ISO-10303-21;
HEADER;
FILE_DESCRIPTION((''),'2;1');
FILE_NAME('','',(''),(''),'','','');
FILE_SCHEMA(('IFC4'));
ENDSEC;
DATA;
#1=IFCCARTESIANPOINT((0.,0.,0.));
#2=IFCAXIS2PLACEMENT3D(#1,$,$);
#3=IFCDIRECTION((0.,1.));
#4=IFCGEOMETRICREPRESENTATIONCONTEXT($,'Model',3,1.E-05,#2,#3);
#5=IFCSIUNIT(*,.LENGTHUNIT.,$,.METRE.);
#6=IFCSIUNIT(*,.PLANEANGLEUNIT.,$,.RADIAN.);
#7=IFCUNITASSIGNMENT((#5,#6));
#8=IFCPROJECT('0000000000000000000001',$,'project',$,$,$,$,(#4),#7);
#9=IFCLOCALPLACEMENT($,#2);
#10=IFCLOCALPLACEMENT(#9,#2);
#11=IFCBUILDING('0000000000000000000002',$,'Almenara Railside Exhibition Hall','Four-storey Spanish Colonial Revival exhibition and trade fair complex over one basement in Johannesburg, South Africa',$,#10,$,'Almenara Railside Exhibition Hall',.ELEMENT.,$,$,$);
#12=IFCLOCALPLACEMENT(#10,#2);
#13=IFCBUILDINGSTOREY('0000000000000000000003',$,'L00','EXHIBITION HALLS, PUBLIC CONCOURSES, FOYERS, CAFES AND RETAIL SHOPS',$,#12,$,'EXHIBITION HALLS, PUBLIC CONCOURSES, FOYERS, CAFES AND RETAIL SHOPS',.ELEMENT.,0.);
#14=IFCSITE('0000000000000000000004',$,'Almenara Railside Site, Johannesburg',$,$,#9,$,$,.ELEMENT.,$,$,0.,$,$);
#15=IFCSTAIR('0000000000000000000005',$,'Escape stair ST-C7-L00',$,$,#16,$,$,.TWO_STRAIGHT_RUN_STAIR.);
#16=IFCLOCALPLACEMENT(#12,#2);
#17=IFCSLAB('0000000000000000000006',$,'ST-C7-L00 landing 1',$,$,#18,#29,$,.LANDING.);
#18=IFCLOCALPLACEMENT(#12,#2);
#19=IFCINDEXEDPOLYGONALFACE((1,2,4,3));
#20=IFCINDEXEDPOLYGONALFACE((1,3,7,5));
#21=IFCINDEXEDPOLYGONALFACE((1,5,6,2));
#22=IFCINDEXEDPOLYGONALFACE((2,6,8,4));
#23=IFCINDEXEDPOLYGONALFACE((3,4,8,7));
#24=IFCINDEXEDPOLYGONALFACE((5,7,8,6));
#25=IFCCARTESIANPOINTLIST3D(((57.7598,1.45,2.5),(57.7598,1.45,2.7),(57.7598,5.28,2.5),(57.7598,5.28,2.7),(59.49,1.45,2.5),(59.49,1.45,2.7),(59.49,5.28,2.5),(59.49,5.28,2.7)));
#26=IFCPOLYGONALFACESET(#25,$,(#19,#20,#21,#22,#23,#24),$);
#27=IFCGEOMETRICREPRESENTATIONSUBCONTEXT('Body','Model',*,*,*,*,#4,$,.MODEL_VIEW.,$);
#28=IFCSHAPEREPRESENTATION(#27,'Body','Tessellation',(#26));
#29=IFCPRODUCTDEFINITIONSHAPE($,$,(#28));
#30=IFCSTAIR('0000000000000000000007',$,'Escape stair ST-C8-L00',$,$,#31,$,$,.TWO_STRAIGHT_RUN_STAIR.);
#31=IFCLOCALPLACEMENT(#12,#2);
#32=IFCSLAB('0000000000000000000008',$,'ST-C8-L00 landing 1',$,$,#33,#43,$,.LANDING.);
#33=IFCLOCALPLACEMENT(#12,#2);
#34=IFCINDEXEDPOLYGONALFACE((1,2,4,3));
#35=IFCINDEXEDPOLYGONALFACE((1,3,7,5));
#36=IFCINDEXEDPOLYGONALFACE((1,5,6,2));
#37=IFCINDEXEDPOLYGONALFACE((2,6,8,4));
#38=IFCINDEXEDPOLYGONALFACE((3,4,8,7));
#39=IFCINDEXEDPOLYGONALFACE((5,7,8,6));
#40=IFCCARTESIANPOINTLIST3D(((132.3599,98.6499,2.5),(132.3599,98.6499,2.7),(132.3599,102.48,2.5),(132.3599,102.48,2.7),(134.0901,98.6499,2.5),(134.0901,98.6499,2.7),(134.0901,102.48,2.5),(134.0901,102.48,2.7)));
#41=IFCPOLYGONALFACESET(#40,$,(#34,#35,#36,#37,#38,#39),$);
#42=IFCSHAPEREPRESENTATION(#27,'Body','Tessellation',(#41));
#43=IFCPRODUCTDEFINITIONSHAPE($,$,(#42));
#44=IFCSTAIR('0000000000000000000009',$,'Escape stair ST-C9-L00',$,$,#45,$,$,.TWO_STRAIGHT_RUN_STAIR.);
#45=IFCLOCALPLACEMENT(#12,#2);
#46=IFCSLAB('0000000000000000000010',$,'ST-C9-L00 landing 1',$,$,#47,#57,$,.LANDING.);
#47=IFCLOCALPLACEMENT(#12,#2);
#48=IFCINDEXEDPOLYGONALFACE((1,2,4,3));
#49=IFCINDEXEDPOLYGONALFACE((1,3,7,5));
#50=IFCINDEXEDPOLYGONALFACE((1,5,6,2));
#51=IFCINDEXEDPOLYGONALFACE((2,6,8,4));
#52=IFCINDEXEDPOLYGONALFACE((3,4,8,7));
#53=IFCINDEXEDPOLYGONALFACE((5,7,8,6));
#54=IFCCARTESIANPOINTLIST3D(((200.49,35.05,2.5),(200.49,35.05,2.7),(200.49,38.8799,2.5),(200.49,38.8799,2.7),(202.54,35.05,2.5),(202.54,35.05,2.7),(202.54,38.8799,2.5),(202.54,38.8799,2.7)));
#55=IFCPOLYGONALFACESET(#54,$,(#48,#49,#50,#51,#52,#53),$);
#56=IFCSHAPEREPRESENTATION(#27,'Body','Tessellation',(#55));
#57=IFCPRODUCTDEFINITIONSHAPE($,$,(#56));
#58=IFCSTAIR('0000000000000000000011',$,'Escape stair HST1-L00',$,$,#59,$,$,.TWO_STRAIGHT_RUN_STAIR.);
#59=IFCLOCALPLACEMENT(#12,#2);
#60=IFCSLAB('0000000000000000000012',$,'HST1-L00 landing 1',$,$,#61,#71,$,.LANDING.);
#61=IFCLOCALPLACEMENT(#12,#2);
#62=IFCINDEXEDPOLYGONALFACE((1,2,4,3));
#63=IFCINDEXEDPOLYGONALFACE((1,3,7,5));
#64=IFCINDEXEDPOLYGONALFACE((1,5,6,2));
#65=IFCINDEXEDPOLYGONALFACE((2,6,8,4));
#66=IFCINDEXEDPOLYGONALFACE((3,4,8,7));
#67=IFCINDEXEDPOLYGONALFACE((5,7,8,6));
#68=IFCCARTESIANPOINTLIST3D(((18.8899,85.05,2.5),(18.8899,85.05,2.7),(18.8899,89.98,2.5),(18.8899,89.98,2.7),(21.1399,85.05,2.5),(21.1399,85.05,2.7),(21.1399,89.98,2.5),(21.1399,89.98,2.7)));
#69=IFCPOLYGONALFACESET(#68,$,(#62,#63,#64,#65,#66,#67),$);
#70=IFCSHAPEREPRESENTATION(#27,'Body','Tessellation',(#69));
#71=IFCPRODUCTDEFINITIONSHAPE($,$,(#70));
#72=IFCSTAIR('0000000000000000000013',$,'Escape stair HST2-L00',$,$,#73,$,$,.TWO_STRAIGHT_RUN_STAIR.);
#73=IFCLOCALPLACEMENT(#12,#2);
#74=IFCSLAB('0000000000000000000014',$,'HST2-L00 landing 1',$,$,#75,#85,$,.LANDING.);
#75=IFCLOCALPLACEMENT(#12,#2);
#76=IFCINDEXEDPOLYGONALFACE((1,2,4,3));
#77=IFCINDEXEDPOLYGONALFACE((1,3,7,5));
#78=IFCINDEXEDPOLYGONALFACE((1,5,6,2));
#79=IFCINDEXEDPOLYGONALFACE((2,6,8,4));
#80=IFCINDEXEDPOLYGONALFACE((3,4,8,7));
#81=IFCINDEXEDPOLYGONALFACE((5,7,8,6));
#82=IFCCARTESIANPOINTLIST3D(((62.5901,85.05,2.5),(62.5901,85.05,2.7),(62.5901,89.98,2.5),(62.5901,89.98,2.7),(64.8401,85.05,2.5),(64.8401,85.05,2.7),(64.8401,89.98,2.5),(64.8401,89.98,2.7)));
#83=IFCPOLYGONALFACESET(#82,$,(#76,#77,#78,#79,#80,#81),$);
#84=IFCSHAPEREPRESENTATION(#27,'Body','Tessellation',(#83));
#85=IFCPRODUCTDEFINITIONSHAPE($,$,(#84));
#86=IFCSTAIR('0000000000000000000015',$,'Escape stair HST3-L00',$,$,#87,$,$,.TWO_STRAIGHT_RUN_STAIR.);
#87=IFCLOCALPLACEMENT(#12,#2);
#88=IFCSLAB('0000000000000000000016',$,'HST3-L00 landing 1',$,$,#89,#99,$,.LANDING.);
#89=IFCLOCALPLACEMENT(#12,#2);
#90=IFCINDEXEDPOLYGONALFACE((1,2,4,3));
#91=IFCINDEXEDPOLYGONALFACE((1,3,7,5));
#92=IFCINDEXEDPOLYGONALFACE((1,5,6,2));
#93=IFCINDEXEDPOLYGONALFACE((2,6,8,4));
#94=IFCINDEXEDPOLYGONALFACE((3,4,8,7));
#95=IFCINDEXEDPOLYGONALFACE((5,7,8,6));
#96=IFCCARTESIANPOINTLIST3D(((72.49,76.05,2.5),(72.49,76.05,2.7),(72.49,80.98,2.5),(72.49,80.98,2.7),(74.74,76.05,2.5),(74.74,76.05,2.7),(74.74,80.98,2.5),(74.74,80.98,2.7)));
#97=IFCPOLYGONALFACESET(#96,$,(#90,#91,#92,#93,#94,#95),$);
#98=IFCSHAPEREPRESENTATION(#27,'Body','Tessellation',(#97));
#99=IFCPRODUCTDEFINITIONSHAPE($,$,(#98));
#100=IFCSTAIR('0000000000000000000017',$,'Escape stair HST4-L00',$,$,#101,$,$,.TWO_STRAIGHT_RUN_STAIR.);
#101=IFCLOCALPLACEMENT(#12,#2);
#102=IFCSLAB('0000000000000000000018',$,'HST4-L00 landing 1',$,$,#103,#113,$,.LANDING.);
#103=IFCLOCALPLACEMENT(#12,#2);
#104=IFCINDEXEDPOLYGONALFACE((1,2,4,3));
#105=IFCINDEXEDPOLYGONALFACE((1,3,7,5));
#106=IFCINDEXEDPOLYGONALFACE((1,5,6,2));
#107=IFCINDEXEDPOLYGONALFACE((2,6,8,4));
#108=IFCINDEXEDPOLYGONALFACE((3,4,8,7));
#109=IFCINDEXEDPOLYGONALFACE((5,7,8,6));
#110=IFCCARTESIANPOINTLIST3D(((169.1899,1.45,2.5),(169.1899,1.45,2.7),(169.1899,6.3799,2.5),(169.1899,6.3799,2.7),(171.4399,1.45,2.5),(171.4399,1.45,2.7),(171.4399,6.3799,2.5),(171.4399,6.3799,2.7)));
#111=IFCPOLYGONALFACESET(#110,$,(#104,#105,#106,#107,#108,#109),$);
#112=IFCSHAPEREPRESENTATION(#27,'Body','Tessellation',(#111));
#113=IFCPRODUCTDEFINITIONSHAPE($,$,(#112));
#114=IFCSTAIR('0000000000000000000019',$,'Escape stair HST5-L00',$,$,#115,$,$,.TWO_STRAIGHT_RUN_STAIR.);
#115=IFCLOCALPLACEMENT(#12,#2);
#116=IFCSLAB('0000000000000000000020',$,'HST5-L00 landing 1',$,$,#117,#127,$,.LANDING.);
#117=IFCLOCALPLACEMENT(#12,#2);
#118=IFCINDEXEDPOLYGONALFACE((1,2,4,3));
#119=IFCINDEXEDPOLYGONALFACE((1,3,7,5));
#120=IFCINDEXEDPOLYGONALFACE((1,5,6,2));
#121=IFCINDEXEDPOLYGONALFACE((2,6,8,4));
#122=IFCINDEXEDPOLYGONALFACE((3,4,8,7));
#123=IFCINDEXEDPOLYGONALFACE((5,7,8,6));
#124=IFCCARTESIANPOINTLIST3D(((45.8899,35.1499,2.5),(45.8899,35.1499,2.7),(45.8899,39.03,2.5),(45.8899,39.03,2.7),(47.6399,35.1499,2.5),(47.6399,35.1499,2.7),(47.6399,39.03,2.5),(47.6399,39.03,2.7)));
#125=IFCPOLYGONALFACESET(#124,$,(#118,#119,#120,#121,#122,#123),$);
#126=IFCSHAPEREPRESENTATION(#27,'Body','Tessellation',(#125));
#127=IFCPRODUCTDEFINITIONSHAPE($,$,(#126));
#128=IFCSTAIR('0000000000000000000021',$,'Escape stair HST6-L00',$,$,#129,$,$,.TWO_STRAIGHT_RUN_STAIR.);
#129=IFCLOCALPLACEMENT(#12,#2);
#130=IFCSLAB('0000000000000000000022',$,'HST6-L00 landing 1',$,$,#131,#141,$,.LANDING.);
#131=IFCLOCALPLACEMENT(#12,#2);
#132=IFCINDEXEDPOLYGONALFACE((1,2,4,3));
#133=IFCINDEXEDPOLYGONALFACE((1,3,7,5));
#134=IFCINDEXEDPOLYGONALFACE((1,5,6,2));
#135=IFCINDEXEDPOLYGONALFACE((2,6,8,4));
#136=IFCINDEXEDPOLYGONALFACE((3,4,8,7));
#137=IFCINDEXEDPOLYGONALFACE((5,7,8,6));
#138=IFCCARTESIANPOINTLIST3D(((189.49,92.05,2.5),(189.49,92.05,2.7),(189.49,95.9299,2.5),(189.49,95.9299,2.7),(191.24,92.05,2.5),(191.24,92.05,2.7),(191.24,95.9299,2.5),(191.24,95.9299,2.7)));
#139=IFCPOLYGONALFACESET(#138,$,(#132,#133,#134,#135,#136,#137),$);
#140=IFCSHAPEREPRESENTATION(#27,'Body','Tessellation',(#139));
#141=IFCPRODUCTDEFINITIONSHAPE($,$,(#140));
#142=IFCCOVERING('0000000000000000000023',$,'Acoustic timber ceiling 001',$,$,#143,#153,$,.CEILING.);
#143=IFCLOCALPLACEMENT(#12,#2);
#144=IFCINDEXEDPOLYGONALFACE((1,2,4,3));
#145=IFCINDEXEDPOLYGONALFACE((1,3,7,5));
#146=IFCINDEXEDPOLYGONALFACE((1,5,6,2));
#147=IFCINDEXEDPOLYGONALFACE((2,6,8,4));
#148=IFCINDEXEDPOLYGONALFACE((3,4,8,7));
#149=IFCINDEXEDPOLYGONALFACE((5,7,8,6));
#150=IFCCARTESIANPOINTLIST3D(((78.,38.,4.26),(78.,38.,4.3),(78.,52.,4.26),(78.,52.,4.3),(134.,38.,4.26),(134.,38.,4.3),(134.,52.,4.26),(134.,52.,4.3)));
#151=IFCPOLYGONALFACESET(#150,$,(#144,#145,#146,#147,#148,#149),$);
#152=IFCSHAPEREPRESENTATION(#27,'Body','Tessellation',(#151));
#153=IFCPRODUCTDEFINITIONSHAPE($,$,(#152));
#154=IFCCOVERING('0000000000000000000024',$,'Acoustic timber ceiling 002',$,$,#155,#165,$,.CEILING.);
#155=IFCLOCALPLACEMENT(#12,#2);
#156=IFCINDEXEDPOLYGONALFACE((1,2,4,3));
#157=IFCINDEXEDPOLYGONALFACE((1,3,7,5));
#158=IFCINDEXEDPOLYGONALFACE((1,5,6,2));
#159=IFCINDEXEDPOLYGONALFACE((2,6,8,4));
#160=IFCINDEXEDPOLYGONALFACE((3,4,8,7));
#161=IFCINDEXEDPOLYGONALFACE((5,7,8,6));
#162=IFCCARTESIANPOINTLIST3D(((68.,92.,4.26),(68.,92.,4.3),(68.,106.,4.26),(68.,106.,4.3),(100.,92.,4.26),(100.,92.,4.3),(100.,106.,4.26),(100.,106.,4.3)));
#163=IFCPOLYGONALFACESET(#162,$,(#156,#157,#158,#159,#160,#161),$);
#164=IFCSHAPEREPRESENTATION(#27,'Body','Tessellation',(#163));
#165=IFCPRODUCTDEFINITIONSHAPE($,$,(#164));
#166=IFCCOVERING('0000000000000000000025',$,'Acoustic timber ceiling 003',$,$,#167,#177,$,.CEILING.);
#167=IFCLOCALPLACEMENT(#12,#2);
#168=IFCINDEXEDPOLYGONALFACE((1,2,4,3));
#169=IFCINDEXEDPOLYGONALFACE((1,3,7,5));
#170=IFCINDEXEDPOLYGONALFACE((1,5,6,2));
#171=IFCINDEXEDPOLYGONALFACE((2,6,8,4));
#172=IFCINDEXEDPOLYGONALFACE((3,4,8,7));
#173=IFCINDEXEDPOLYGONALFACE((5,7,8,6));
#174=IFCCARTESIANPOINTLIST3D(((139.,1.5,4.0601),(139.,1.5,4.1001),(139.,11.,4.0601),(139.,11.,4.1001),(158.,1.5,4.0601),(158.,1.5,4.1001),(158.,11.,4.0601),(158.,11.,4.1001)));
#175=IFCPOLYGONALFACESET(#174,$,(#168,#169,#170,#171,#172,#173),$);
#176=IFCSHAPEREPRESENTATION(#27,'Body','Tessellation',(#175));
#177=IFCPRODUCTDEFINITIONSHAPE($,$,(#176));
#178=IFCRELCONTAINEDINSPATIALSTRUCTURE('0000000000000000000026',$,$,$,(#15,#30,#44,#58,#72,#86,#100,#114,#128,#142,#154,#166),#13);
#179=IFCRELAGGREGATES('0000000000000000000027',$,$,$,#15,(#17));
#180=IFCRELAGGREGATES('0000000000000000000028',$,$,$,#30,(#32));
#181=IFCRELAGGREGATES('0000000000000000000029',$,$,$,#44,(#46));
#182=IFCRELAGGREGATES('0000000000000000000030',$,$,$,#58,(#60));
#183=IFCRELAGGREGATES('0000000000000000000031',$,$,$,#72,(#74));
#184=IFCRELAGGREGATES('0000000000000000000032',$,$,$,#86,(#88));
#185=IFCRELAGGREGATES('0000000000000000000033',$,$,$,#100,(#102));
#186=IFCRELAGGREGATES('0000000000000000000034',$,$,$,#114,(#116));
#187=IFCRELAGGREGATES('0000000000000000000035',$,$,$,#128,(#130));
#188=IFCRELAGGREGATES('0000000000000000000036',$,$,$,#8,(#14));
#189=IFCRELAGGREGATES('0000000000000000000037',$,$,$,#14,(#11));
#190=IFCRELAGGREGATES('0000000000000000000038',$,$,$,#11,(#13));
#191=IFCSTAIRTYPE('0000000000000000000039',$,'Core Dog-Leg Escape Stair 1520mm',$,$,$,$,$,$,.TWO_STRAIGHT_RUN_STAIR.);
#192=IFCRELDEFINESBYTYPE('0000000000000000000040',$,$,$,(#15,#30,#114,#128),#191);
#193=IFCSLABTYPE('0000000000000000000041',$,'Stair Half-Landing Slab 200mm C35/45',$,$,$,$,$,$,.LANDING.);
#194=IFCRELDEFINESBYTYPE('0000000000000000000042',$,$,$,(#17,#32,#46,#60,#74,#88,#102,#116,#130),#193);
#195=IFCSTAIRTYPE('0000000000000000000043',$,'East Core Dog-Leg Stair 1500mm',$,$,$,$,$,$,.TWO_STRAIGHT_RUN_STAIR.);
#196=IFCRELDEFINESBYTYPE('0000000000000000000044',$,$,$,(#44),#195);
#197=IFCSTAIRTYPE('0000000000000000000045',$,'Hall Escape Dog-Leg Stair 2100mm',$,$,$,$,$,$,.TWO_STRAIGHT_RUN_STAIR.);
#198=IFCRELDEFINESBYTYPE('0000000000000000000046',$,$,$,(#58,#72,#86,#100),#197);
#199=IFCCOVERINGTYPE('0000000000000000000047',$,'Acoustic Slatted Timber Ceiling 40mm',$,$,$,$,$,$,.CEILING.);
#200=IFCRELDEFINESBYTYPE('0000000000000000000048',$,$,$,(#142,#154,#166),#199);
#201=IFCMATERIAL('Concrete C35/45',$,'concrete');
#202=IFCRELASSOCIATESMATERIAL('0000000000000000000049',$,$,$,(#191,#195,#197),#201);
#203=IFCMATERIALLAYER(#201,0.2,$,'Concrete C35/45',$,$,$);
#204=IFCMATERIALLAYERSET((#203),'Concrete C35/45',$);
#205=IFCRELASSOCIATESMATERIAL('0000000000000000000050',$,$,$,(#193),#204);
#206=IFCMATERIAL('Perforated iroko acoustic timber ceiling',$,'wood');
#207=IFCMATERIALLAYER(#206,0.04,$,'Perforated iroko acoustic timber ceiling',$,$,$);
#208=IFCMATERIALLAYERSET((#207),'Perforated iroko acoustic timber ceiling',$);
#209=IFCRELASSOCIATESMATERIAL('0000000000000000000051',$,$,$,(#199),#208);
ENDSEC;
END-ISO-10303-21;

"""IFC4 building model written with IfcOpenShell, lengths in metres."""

from ifc_helpers import new_model, si_unit, direction, frame, origin, place, context, subcontext, project, spatial, polyline, outline, extrude, material, layer, layer_set, type_object, element, aggregate, save


model = new_model("IFC4")

# Units and contexts
model_context = context("Model", 3, precision=1e-05, world=origin(), true_north=direction((0.0, 1.0)))
body_context = subcontext(model_context, "Body", "Model", "MODEL_VIEW")
ifc_project = project(units=[si_unit("LENGTHUNIT", "METRE"), si_unit("PLANEANGLEUNIT", "RADIAN")], contexts=[model_context])

# Site, building, storey
site_placement = place(None, origin())
site = spatial("IfcSite", under=ifc_project, at=site_placement, Name="Almenara Railside Site, Johannesburg", CompositionType="ELEMENT", RefElevation=0.0)
building_placement = place(site_placement, origin())
building = spatial("IfcBuilding", under=site, at=building_placement, Name="Almenara Railside Exhibition Hall", Description="Four-storey Spanish Colonial Revival exhibition and trade fair complex over one basement in Johannesburg, South Africa", LongName="Almenara Railside Exhibition Hall", CompositionType="ELEMENT")
storey_placement = place(building_placement, origin())
storey = spatial("IfcBuildingStorey", under=building, at=storey_placement, Name="L00", Description="EXHIBITION HALLS, PUBLIC CONCOURSES, FOYERS, CAFES AND RETAIL SHOPS", LongName="EXHIBITION HALLS, PUBLIC CONCOURSES, FOYERS, CAFES AND RETAIL SHOPS", CompositionType="ELEMENT", Elevation=0.0)

# Stairs, slabs
ifc_material_1 = material(Name="Concrete C35/45", Category="concrete")
stair_type_1 = type_object("IfcStairType", Name="Core Dog-Leg Escape Stair 1520mm", PredefinedType="TWO_STRAIGHT_RUN_STAIR", material=ifc_material_1)
ifc_layer_1 = layer(ifc_material_1, 0.2, Name="Concrete C35/45")
ifc_layer_set_1 = layer_set([ifc_layer_1], Name="Concrete C35/45")
slab_type = type_object("IfcSlabType", Name="Stair Half-Landing Slab 200mm C35/45", PredefinedType="LANDING", material=ifc_layer_set_1)
stair_1_placement = place(storey_placement, origin())
stair_1 = element("IfcStair", 1, at=stair_1_placement, inside=storey, type_object=stair_type_1, Name="Escape stair ST-C7-L00", PredefinedType="TWO_STRAIGHT_RUN_STAIR")
slab_1_placement = place(storey_placement, frame((0.0, 0.0, 2.5)))
slab_1 = element("IfcSlab", 2, at=slab_1_placement, type_object=slab_type, Name="ST-C7-L00 landing 1", PredefinedType="LANDING", context=body_context, shape_type="SweptSolid", body=[
    extrude(outline(polyline([(57.7598, 1.45), (59.49, 1.45), (59.49, 5.28), (57.7598, 5.28), (57.7598, 1.45)])), origin(), (0.0, 0.0, 1.0), 0.2),
])
aggregate(stair_1, [slab_1])
stair_2_placement = place(storey_placement, origin())
stair_2 = element("IfcStair", 3, at=stair_2_placement, inside=storey, type_object=stair_type_1, Name="Escape stair ST-C8-L00", PredefinedType="TWO_STRAIGHT_RUN_STAIR")
slab_2_placement = place(storey_placement, frame((0.0, 0.0, 2.5)))
slab_2 = element("IfcSlab", 4, at=slab_2_placement, type_object=slab_type, Name="ST-C8-L00 landing 1", PredefinedType="LANDING", context=body_context, shape_type="SweptSolid", body=[
    extrude(outline(polyline([(132.3599, 98.6499), (134.0901, 98.6499), (134.0901, 102.48), (132.3599, 102.48), (132.3599, 98.6499)])), origin(), (0.0, 0.0, 1.0), 0.2),
])
aggregate(stair_2, [slab_2])
stair_type_2 = type_object("IfcStairType", Name="East Core Dog-Leg Stair 1500mm", PredefinedType="TWO_STRAIGHT_RUN_STAIR", material=ifc_material_1)
stair_3_placement = place(storey_placement, origin())
stair_3 = element("IfcStair", 5, at=stair_3_placement, inside=storey, type_object=stair_type_2, Name="Escape stair ST-C9-L00", PredefinedType="TWO_STRAIGHT_RUN_STAIR")
slab_3_placement = place(storey_placement, frame((0.0, 0.0, 2.5)))
slab_3 = element("IfcSlab", 6, at=slab_3_placement, type_object=slab_type, Name="ST-C9-L00 landing 1", PredefinedType="LANDING", context=body_context, shape_type="SweptSolid", body=[
    extrude(outline(polyline([(200.49, 35.05), (202.54, 35.05), (202.54, 38.8799), (200.49, 38.8799), (200.49, 35.05)])), origin(), (0.0, 0.0, 1.0), 0.2),
])
aggregate(stair_3, [slab_3])
stair_type_3 = type_object("IfcStairType", Name="Hall Escape Dog-Leg Stair 2100mm", PredefinedType="TWO_STRAIGHT_RUN_STAIR", material=ifc_material_1)
stair_4_placement = place(storey_placement, origin())
stair_4 = element("IfcStair", 7, at=stair_4_placement, inside=storey, type_object=stair_type_3, Name="Escape stair HST1-L00", PredefinedType="TWO_STRAIGHT_RUN_STAIR")
slab_4_placement = place(storey_placement, frame((0.0, 0.0, 2.5)))
slab_4 = element("IfcSlab", 8, at=slab_4_placement, type_object=slab_type, Name="HST1-L00 landing 1", PredefinedType="LANDING", context=body_context, shape_type="SweptSolid", body=[
    extrude(outline(polyline([(18.8899, 85.05), (21.1399, 85.05), (21.1399, 89.98), (18.8899, 89.98), (18.8899, 85.05)])), origin(), (0.0, 0.0, 1.0), 0.2),
])
aggregate(stair_4, [slab_4])
stair_5_placement = place(storey_placement, origin())
stair_5 = element("IfcStair", 9, at=stair_5_placement, inside=storey, type_object=stair_type_3, Name="Escape stair HST2-L00", PredefinedType="TWO_STRAIGHT_RUN_STAIR")
slab_5_placement = place(storey_placement, frame((0.0, 0.0, 2.5)))
slab_5 = element("IfcSlab", 10, at=slab_5_placement, type_object=slab_type, Name="HST2-L00 landing 1", PredefinedType="LANDING", context=body_context, shape_type="SweptSolid", body=[
    extrude(outline(polyline([(62.5901, 85.05), (64.8401, 85.05), (64.8401, 89.98), (62.5901, 89.98), (62.5901, 85.05)])), origin(), (0.0, 0.0, 1.0), 0.2),
])
aggregate(stair_5, [slab_5])
stair_6_placement = place(storey_placement, origin())
stair_6 = element("IfcStair", 11, at=stair_6_placement, inside=storey, type_object=stair_type_3, Name="Escape stair HST3-L00", PredefinedType="TWO_STRAIGHT_RUN_STAIR")
slab_6_placement = place(storey_placement, frame((0.0, 0.0, 2.5)))
slab_6 = element("IfcSlab", 12, at=slab_6_placement, type_object=slab_type, Name="HST3-L00 landing 1", PredefinedType="LANDING", context=body_context, shape_type="SweptSolid", body=[
    extrude(outline(polyline([(72.49, 76.05), (74.74, 76.05), (74.74, 80.98), (72.49, 80.98), (72.49, 76.05)])), origin(), (0.0, 0.0, 1.0), 0.2),
])
aggregate(stair_6, [slab_6])
stair_7_placement = place(storey_placement, origin())
stair_7 = element("IfcStair", 13, at=stair_7_placement, inside=storey, type_object=stair_type_3, Name="Escape stair HST4-L00", PredefinedType="TWO_STRAIGHT_RUN_STAIR")
slab_7_placement = place(storey_placement, frame((0.0, 0.0, 2.5)))
slab_7 = element("IfcSlab", 14, at=slab_7_placement, type_object=slab_type, Name="HST4-L00 landing 1", PredefinedType="LANDING", context=body_context, shape_type="SweptSolid", body=[
    extrude(outline(polyline([(169.1899, 1.45), (171.4399, 1.45), (171.4399, 6.3799), (169.1899, 6.3799), (169.1899, 1.45)])), origin(), (0.0, 0.0, 1.0), 0.2),
])
aggregate(stair_7, [slab_7])
stair_8_placement = place(storey_placement, origin())
stair_8 = element("IfcStair", 15, at=stair_8_placement, inside=storey, type_object=stair_type_1, Name="Escape stair HST5-L00", PredefinedType="TWO_STRAIGHT_RUN_STAIR")
slab_8_placement = place(storey_placement, frame((0.0, 0.0, 2.5)))
slab_8 = element("IfcSlab", 16, at=slab_8_placement, type_object=slab_type, Name="HST5-L00 landing 1", PredefinedType="LANDING", context=body_context, shape_type="SweptSolid", body=[
    extrude(outline(polyline([(45.8899, 35.1499), (47.6399, 35.1499), (47.6399, 39.03), (45.8899, 39.03), (45.8899, 35.1499)])), origin(), (0.0, 0.0, 1.0), 0.2),
])
aggregate(stair_8, [slab_8])
stair_9_placement = place(storey_placement, origin())
stair_9 = element("IfcStair", 17, at=stair_9_placement, inside=storey, type_object=stair_type_1, Name="Escape stair HST6-L00", PredefinedType="TWO_STRAIGHT_RUN_STAIR")
slab_9_placement = place(storey_placement, frame((0.0, 0.0, 2.5)))
slab_9 = element("IfcSlab", 18, at=slab_9_placement, type_object=slab_type, Name="HST6-L00 landing 1", PredefinedType="LANDING", context=body_context, shape_type="SweptSolid", body=[
    extrude(outline(polyline([(189.49, 92.05), (191.24, 92.05), (191.24, 95.9299), (189.49, 95.9299), (189.49, 92.05)])), origin(), (0.0, 0.0, 1.0), 0.2),
])
aggregate(stair_9, [slab_9])

# Coverings
ifc_material_2 = material(Name="Perforated iroko acoustic timber ceiling", Category="wood")
ifc_layer_2 = layer(ifc_material_2, 0.04, Name="Perforated iroko acoustic timber ceiling")
ifc_layer_set_2 = layer_set([ifc_layer_2], Name="Perforated iroko acoustic timber ceiling")
covering_type = type_object("IfcCoveringType", Name="Acoustic Slatted Timber Ceiling 40mm", PredefinedType="CEILING", material=ifc_layer_set_2)
covering_1_placement = place(storey_placement, frame((0.0, 0.0, 4.26)))
element("IfcCovering", 19, at=covering_1_placement, inside=storey, type_object=covering_type, Name="Acoustic timber ceiling 001", PredefinedType="CEILING", context=body_context, shape_type="SweptSolid", body=[
    extrude(outline(polyline([(78.0, 38.0), (134.0, 38.0), (134.0, 52.0), (78.0, 52.0), (78.0, 38.0)])), origin(), (0.0, 0.0, 1.0), 0.04),
])
covering_2_placement = place(storey_placement, frame((0.0, 0.0, 4.26)))
element("IfcCovering", 20, at=covering_2_placement, inside=storey, type_object=covering_type, Name="Acoustic timber ceiling 002", PredefinedType="CEILING", context=body_context, shape_type="SweptSolid", body=[
    extrude(outline(polyline([(68.0, 92.0), (100.0, 92.0), (100.0, 106.0), (68.0, 106.0), (68.0, 92.0)])), origin(), (0.0, 0.0, 1.0), 0.04),
])
covering_3_placement = place(storey_placement, frame((0.0, 0.0, 4.0601)))
element("IfcCovering", 21, at=covering_3_placement, inside=storey, type_object=covering_type, Name="Acoustic timber ceiling 003", PredefinedType="CEILING", context=body_context, shape_type="SweptSolid", body=[
    extrude(outline(polyline([(139.0, 1.5), (158.0, 1.5), (158.0, 11.0), (139.0, 11.0), (139.0, 1.5)])), origin(), (0.0, 0.0, 1.0), 0.04),
])

save(model, "model.ifc")
